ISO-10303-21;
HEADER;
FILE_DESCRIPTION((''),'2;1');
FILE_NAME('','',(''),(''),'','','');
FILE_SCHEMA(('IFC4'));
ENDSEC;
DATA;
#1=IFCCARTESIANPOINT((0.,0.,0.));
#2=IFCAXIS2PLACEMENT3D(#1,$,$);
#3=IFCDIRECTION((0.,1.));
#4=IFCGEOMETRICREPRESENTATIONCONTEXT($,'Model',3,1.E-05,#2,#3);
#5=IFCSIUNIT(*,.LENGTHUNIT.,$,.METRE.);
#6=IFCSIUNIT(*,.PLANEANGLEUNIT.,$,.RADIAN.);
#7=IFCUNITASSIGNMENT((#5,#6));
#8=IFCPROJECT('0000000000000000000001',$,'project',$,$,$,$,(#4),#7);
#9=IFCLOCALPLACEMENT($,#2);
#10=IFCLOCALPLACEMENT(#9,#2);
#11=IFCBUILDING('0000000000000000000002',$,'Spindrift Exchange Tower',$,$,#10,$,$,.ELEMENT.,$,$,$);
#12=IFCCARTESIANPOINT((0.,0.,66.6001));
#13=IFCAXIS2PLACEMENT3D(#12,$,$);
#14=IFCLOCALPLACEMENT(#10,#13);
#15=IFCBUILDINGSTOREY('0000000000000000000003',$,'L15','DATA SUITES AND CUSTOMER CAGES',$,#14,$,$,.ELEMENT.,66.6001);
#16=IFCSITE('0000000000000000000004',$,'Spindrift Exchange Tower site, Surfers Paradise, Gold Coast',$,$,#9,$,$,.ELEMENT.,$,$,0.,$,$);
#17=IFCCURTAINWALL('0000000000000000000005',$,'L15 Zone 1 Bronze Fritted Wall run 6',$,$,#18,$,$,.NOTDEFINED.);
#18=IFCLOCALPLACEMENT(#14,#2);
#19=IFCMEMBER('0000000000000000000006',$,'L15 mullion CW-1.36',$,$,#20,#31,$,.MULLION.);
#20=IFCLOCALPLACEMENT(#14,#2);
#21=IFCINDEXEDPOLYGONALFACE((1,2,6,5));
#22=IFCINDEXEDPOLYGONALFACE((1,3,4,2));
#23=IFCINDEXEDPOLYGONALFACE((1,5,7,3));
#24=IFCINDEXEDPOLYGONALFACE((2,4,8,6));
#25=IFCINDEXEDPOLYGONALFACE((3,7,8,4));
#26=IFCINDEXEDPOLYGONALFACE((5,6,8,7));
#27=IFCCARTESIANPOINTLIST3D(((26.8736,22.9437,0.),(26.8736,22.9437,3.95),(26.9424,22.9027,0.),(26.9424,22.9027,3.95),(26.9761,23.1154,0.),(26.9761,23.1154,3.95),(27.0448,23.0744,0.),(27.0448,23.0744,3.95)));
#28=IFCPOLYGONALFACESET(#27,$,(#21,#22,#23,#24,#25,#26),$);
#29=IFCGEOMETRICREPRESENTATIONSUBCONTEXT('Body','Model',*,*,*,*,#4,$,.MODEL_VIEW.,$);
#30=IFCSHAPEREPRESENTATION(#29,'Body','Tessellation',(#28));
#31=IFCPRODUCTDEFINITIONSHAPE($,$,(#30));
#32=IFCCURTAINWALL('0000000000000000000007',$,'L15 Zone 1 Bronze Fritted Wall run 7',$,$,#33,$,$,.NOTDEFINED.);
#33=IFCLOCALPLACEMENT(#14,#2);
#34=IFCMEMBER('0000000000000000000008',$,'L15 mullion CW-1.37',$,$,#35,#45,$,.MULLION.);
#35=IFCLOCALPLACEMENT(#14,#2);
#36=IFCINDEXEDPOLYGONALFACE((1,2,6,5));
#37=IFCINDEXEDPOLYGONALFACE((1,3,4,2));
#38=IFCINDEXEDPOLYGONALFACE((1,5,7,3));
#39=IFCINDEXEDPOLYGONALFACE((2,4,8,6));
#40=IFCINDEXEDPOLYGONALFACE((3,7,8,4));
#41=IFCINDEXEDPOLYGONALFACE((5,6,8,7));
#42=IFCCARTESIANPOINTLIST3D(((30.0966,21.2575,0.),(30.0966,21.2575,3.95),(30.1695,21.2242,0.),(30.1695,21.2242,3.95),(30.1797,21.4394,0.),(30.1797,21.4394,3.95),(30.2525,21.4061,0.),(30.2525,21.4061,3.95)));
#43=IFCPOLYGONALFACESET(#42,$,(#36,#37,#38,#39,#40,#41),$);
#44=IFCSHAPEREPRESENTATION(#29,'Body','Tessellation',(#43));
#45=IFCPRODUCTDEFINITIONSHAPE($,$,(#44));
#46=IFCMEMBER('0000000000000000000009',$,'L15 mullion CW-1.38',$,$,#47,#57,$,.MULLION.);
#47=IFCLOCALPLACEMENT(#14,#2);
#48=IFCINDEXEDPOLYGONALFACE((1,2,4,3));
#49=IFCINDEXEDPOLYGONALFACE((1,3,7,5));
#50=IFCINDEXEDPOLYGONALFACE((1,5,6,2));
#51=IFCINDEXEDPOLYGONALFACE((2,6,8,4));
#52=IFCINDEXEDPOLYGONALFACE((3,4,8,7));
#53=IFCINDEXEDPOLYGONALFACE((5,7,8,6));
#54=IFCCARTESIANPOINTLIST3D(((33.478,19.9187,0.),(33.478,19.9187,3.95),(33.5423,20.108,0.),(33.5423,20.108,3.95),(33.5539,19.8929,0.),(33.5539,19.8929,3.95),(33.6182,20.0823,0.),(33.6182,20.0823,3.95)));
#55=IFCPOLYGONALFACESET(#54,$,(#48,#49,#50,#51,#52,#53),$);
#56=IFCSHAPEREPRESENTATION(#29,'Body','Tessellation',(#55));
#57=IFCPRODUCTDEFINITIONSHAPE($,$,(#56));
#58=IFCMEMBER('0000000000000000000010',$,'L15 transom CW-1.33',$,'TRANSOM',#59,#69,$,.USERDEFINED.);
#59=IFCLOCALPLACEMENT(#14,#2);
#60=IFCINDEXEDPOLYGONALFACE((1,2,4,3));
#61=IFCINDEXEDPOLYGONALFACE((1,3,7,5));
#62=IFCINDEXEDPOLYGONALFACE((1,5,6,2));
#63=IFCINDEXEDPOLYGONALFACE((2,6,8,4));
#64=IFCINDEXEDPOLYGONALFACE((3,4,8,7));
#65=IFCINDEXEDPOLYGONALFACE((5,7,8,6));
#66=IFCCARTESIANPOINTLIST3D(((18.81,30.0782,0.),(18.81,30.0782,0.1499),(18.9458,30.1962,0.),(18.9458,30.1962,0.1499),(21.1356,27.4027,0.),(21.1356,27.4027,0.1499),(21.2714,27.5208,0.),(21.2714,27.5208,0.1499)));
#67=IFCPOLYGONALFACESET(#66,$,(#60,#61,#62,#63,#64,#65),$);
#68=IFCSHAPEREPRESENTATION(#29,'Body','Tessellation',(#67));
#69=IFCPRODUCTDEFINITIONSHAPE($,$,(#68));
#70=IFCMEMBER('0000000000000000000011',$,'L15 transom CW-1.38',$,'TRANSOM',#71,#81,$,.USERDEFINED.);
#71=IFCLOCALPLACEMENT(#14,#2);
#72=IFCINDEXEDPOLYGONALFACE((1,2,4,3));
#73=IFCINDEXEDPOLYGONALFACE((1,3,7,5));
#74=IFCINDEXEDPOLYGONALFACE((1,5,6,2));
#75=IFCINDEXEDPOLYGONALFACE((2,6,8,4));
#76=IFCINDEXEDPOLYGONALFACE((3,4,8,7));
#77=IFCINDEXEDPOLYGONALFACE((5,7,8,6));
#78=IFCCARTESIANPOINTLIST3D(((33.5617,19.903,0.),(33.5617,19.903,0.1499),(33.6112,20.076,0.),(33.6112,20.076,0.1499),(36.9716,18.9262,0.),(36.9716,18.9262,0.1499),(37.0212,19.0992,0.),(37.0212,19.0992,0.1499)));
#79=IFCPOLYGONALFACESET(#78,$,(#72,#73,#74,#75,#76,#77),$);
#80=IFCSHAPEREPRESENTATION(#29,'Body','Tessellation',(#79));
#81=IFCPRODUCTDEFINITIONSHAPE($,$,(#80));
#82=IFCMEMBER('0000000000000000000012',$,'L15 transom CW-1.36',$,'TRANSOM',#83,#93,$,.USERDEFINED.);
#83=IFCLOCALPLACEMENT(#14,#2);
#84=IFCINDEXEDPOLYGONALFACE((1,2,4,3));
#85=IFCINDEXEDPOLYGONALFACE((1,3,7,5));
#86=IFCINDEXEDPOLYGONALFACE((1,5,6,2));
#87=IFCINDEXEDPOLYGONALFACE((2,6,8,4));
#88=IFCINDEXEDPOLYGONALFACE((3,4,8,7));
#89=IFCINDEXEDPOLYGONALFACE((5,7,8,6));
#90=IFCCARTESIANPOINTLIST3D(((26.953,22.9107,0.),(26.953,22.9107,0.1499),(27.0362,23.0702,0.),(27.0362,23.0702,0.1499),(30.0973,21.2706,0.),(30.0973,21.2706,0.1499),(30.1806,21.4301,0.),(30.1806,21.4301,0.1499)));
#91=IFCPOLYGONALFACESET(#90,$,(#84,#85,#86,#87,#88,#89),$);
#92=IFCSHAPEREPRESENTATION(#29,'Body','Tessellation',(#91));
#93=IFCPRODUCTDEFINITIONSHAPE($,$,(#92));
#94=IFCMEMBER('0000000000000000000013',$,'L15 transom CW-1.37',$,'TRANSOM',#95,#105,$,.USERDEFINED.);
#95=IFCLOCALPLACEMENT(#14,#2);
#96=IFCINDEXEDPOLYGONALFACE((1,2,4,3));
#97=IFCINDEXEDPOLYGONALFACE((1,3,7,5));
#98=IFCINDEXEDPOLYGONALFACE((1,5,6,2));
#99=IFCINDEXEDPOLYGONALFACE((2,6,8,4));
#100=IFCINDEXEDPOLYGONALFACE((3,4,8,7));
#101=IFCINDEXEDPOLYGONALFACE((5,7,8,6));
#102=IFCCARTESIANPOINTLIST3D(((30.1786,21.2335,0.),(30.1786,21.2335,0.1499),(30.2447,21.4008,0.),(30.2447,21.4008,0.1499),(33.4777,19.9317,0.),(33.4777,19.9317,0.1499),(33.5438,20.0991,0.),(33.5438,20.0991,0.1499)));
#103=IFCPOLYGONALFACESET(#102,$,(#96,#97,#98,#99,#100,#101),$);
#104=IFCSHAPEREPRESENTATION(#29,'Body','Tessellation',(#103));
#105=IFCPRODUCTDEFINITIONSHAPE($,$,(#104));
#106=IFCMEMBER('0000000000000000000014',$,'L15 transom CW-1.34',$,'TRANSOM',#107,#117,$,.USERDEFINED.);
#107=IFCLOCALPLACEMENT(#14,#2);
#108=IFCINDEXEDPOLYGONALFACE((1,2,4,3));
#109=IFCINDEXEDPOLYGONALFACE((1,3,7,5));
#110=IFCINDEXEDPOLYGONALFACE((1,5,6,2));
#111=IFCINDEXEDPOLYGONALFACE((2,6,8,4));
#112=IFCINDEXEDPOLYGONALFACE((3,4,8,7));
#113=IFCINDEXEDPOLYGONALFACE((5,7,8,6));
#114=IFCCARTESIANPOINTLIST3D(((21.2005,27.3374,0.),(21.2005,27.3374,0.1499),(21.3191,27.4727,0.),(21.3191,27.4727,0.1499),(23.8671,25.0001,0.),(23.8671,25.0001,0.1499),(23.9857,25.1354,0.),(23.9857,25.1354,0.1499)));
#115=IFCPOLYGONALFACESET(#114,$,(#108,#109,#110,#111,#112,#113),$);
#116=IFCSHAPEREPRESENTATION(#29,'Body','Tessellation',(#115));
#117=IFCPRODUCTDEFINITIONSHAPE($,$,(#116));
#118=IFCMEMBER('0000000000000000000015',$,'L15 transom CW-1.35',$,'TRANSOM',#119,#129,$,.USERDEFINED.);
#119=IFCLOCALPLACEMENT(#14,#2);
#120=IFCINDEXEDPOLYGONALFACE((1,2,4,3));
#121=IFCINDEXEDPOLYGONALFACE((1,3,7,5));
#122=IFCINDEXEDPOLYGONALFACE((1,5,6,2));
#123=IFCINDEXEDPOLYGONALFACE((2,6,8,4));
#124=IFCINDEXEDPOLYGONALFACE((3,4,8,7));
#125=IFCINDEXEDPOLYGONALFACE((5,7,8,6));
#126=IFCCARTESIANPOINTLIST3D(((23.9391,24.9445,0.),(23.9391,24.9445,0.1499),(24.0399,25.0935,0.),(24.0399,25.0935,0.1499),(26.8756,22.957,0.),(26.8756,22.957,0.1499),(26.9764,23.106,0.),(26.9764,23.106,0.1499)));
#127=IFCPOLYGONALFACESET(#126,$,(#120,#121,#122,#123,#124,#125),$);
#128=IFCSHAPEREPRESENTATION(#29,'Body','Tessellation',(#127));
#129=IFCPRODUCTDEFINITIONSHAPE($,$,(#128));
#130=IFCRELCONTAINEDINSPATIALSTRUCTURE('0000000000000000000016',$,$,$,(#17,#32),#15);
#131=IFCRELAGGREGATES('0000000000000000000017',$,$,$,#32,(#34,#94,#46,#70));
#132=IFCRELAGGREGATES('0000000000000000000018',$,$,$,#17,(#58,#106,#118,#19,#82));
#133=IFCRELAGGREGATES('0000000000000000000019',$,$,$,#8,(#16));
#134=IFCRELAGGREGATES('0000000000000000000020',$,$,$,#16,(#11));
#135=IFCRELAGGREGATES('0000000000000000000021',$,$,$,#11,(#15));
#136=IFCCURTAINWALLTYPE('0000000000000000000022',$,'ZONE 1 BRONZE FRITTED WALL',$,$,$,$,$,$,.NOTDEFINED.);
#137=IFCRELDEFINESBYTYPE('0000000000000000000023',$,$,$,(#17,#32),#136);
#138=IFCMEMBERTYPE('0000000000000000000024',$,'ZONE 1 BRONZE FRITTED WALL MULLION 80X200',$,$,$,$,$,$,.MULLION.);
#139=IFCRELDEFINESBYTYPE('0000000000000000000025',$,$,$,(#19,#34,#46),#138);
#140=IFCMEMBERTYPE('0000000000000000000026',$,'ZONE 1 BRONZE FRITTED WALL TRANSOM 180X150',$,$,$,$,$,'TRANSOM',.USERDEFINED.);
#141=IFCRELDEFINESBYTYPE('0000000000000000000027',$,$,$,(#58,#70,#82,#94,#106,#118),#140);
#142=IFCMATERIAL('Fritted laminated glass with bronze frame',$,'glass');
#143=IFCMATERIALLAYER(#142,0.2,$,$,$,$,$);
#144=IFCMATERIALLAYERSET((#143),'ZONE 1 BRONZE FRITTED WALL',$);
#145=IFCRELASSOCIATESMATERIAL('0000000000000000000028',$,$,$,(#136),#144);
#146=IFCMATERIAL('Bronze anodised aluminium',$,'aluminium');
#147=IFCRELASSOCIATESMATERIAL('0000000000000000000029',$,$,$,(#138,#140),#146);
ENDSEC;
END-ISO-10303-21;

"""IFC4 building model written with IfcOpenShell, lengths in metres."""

from ifc_helpers import new_model, si_unit, direction, frame, origin, origin_2d, place, context, subcontext, project, spatial, rectangle, extrude, source, transform, mapped, material, layer, layer_set, material_profile, profile_set, type_object, element, aggregate, save


model = new_model("IFC4")

# Units and contexts
model_context = context("Model", 3, precision=1e-05, world=origin(), true_north=direction((0.0, 1.0)))
body_context = subcontext(model_context, "Body", "Model", "MODEL_VIEW")
ifc_project = project(units=[si_unit("LENGTHUNIT", "METRE"), si_unit("PLANEANGLEUNIT", "RADIAN")], contexts=[model_context])

# Site, building, storey
site_placement = place(None, origin())
site = spatial("IfcSite", under=ifc_project, at=site_placement, Name="Spindrift Exchange Tower site, Surfers Paradise, Gold Coast", CompositionType="ELEMENT", RefElevation=0.0)
building_placement = place(site_placement, origin())
building = spatial("IfcBuilding", under=site, at=building_placement, Name="Spindrift Exchange Tower", CompositionType="ELEMENT")
storey_placement = place(building_placement, frame((0.0, 0.0, 66.6001)))
storey = spatial("IfcBuildingStorey", under=building, at=storey_placement, Name="L15", Description="DATA SUITES AND CUSTOMER CAGES", CompositionType="ELEMENT", Elevation=66.6001)

# Curtain walls, members
ifc_material_1 = material(Name="Fritted laminated glass with bronze frame", Category="glass")
ifc_layer_1 = layer(ifc_material_1, 0.2)
ifc_layer_set_1 = layer_set([ifc_layer_1], Name="ZONE 1 BRONZE FRITTED WALL")
curtain_wall_type = type_object("IfcCurtainWallType", Name="ZONE 1 BRONZE FRITTED WALL", PredefinedType="NOTDEFINED", material=ifc_layer_set_1)
curtain_wall_1_placement = place(storey_placement, origin())
curtain_wall_1 = element("IfcCurtainWall", 1, at=curtain_wall_1_placement, inside=storey, type_object=curtain_wall_type, Name="L15 Zone 1 Bronze Fritted Wall run 6", PredefinedType="NOTDEFINED")
ifc_material_2 = material(Name="Bronze anodised aluminium", Category="aluminium")
ifc_material_profile_1 = material_profile(ifc_material_2, rectangle(XDim=0.0801, YDim=0.2, at=origin_2d()), Name="ZONE 1 BRONZE FRITTED WALL MULLION 80X200")
ifc_profile_set_1 = profile_set([ifc_material_profile_1], Name="Bronze anodised aluminium")
member_type_1 = type_object("IfcMemberType", Name="ZONE 1 BRONZE FRITTED WALL MULLION 80X200", PredefinedType="MULLION", material=ifc_profile_set_1)
shared_shape_1 = source(origin(), body_context, "Body", "SweptSolid", [
    extrude(rectangle(XDim=0.0801, YDim=0.2, at=origin_2d()), origin(), (0.0, 0.0, 1.0), 3.95),
])
member_1_placement = place(storey_placement, frame((26.9592, 23.009, 0.0), z_axis=(0.0, 0.0, 1.0), x_axis=(0.858788, -0.512331, 0.0)))
member_1 = element("IfcMember", 2, at=member_1_placement, type_object=member_type_1, Name="L15 mullion CW-1.36", PredefinedType="MULLION", context=body_context, shape_type="MappedRepresentation", body=[
    mapped(shared_shape_1, transform((0.0, 0.0, 0.0), scale=1.0)),
])
curtain_wall_2_placement = place(storey_placement, origin())
curtain_wall_2 = element("IfcCurtainWall", 3, at=curtain_wall_2_placement, inside=storey, type_object=curtain_wall_type, Name="L15 Zone 1 Bronze Fritted Wall run 7", PredefinedType="NOTDEFINED")
member_2_placement = place(storey_placement, frame((30.1746, 21.3318, 0.0), z_axis=(0.0, 0.0, 1.0), x_axis=(0.909663, -0.415348, 0.0)))
member_2 = element("IfcMember", 4, at=member_2_placement, type_object=member_type_1, Name="L15 mullion CW-1.37", PredefinedType="MULLION", context=body_context, shape_type="MappedRepresentation", body=[
    mapped(shared_shape_1, transform((0.0, 0.0, 0.0), scale=1.0)),
])
member_3_placement = place(storey_placement, frame((33.5481, 20.0005, 0.0), z_axis=(0.0, 0.0, 1.0), x_axis=(0.946872, -0.321611, 0.0)))
member_3 = element("IfcMember", 5, at=member_3_placement, type_object=member_type_1, Name="L15 mullion CW-1.38", PredefinedType="MULLION", context=body_context, shape_type="MappedRepresentation", body=[
    mapped(shared_shape_1, transform((0.0, 0.0, 0.0), scale=1.0)),
])

# Members
ifc_material_profile_2 = material_profile(ifc_material_2, rectangle(XDim=0.1799, YDim=0.1499, at=origin_2d()), Name="ZONE 1 BRONZE FRITTED WALL TRANSOM 180X150")
ifc_profile_set_2 = profile_set([ifc_material_profile_2], Name="Bronze anodised aluminium")
member_type_2 = type_object("IfcMemberType", Name="ZONE 1 BRONZE FRITTED WALL TRANSOM 180X150", ElementType="TRANSOM", PredefinedType="USERDEFINED", material=ifc_profile_set_2)
shared_shape_2 = source(origin(), body_context, "Body", "SweptSolid", [
    extrude(rectangle(XDim=0.1799, YDim=0.1499, at=origin_2d()), origin(), (0.0, 0.0, 1.0), 3.5449),
])
member_4_placement = place(storey_placement, frame((18.8779, 30.1372, 0.075), z_axis=(0.656039, -0.754727, 0.0), x_axis=(0.754727, 0.656039, 0.0)))
member_4 = element("IfcMember", 6, at=member_4_placement, type_object=member_type_2, Name="L15 transom CW-1.33", ObjectType="TRANSOM", PredefinedType="USERDEFINED", context=body_context, shape_type="MappedRepresentation", body=[
    mapped(shared_shape_2, transform((0.0, 0.0, 0.0), scale=1.0)),
])
shared_shape_3 = source(origin(), body_context, "Body", "SweptSolid", [
    extrude(rectangle(XDim=0.1799, YDim=0.1499, at=origin_2d()), origin(), (0.0, 0.0, 1.0), 3.5471),
])
member_5_placement = place(storey_placement, frame((33.5864, 19.9895, 0.075), z_axis=(0.961334, -0.275385, 0.0), x_axis=(0.275385, 0.961334, 0.0)))
member_5 = element("IfcMember", 7, at=member_5_placement, type_object=member_type_2, Name="L15 transom CW-1.38", ObjectType="TRANSOM", PredefinedType="USERDEFINED", context=body_context, shape_type="MappedRepresentation", body=[
    mapped(shared_shape_3, transform((0.0, 0.0, 0.0), scale=1.0)),
])
shared_shape_4 = source(origin(), body_context, "Body", "SweptSolid", [
    extrude(rectangle(XDim=0.1799, YDim=0.1499, at=origin_2d()), origin(), (0.0, 0.0, 1.0), 3.5464),
])
member_6_placement = place(storey_placement, frame((26.9946, 22.9905, 0.075), z_axis=(0.886627, -0.462486, 0.0), x_axis=(0.462486, 0.886627, 0.0)))
member_6 = element("IfcMember", 8, at=member_6_placement, type_object=member_type_2, Name="L15 transom CW-1.36", ObjectType="TRANSOM", PredefinedType="USERDEFINED", context=body_context, shape_type="MappedRepresentation", body=[
    mapped(shared_shape_4, transform((0.0, 0.0, 0.0), scale=1.0)),
])
shared_shape_5 = source(origin(), body_context, "Body", "SweptSolid", [
    extrude(rectangle(XDim=0.1799, YDim=0.1499, at=origin_2d()), origin(), (0.0, 0.0, 1.0), 3.5466),
])
member_7_placement = place(storey_placement, frame((30.2117, 21.3171, 0.075), z_axis=(0.930204, -0.367043, 0.0), x_axis=(0.367043, 0.930204, 0.0)))
member_7 = element("IfcMember", 9, at=member_7_placement, type_object=member_type_2, Name="L15 transom CW-1.37", ObjectType="TRANSOM", PredefinedType="USERDEFINED", context=body_context, shape_type="MappedRepresentation", body=[
    mapped(shared_shape_5, transform((0.0, 0.0, 0.0), scale=1.0)),
])
shared_shape_6 = source(origin(), body_context, "Body", "SweptSolid", [
    extrude(rectangle(XDim=0.1799, YDim=0.1499, at=origin_2d()), origin(), (0.0, 0.0, 1.0), 3.5459),
])
member_8_placement = place(storey_placement, frame((21.2598, 27.405, 0.075), z_axis=(0.752022, -0.659138, 0.0), x_axis=(0.659138, 0.752022, 0.0)))
member_8 = element("IfcMember", 10, at=member_8_placement, type_object=member_type_2, Name="L15 transom CW-1.34", ObjectType="TRANSOM", PredefinedType="USERDEFINED", context=body_context, shape_type="MappedRepresentation", body=[
    mapped(shared_shape_6, transform((0.0, 0.0, 0.0), scale=1.0)),
])
member_9_placement = place(storey_placement, frame((23.9895, 25.019, 0.075), z_axis=(0.828142, -0.560518, 0.0), x_axis=(0.560518, 0.828142, 0.0)))
member_9 = element("IfcMember", 11, at=member_9_placement, type_object=member_type_2, Name="L15 transom CW-1.35", ObjectType="TRANSOM", PredefinedType="USERDEFINED", context=body_context, shape_type="MappedRepresentation", body=[
    mapped(shared_shape_6, transform((0.0, 0.0, 0.0), scale=1.0)),
])

aggregate(curtain_wall_2, [member_2, member_7, member_3, member_5])
aggregate(curtain_wall_1, [member_4, member_8, member_9, member_1, member_6])

save(model, "model.ifc")
